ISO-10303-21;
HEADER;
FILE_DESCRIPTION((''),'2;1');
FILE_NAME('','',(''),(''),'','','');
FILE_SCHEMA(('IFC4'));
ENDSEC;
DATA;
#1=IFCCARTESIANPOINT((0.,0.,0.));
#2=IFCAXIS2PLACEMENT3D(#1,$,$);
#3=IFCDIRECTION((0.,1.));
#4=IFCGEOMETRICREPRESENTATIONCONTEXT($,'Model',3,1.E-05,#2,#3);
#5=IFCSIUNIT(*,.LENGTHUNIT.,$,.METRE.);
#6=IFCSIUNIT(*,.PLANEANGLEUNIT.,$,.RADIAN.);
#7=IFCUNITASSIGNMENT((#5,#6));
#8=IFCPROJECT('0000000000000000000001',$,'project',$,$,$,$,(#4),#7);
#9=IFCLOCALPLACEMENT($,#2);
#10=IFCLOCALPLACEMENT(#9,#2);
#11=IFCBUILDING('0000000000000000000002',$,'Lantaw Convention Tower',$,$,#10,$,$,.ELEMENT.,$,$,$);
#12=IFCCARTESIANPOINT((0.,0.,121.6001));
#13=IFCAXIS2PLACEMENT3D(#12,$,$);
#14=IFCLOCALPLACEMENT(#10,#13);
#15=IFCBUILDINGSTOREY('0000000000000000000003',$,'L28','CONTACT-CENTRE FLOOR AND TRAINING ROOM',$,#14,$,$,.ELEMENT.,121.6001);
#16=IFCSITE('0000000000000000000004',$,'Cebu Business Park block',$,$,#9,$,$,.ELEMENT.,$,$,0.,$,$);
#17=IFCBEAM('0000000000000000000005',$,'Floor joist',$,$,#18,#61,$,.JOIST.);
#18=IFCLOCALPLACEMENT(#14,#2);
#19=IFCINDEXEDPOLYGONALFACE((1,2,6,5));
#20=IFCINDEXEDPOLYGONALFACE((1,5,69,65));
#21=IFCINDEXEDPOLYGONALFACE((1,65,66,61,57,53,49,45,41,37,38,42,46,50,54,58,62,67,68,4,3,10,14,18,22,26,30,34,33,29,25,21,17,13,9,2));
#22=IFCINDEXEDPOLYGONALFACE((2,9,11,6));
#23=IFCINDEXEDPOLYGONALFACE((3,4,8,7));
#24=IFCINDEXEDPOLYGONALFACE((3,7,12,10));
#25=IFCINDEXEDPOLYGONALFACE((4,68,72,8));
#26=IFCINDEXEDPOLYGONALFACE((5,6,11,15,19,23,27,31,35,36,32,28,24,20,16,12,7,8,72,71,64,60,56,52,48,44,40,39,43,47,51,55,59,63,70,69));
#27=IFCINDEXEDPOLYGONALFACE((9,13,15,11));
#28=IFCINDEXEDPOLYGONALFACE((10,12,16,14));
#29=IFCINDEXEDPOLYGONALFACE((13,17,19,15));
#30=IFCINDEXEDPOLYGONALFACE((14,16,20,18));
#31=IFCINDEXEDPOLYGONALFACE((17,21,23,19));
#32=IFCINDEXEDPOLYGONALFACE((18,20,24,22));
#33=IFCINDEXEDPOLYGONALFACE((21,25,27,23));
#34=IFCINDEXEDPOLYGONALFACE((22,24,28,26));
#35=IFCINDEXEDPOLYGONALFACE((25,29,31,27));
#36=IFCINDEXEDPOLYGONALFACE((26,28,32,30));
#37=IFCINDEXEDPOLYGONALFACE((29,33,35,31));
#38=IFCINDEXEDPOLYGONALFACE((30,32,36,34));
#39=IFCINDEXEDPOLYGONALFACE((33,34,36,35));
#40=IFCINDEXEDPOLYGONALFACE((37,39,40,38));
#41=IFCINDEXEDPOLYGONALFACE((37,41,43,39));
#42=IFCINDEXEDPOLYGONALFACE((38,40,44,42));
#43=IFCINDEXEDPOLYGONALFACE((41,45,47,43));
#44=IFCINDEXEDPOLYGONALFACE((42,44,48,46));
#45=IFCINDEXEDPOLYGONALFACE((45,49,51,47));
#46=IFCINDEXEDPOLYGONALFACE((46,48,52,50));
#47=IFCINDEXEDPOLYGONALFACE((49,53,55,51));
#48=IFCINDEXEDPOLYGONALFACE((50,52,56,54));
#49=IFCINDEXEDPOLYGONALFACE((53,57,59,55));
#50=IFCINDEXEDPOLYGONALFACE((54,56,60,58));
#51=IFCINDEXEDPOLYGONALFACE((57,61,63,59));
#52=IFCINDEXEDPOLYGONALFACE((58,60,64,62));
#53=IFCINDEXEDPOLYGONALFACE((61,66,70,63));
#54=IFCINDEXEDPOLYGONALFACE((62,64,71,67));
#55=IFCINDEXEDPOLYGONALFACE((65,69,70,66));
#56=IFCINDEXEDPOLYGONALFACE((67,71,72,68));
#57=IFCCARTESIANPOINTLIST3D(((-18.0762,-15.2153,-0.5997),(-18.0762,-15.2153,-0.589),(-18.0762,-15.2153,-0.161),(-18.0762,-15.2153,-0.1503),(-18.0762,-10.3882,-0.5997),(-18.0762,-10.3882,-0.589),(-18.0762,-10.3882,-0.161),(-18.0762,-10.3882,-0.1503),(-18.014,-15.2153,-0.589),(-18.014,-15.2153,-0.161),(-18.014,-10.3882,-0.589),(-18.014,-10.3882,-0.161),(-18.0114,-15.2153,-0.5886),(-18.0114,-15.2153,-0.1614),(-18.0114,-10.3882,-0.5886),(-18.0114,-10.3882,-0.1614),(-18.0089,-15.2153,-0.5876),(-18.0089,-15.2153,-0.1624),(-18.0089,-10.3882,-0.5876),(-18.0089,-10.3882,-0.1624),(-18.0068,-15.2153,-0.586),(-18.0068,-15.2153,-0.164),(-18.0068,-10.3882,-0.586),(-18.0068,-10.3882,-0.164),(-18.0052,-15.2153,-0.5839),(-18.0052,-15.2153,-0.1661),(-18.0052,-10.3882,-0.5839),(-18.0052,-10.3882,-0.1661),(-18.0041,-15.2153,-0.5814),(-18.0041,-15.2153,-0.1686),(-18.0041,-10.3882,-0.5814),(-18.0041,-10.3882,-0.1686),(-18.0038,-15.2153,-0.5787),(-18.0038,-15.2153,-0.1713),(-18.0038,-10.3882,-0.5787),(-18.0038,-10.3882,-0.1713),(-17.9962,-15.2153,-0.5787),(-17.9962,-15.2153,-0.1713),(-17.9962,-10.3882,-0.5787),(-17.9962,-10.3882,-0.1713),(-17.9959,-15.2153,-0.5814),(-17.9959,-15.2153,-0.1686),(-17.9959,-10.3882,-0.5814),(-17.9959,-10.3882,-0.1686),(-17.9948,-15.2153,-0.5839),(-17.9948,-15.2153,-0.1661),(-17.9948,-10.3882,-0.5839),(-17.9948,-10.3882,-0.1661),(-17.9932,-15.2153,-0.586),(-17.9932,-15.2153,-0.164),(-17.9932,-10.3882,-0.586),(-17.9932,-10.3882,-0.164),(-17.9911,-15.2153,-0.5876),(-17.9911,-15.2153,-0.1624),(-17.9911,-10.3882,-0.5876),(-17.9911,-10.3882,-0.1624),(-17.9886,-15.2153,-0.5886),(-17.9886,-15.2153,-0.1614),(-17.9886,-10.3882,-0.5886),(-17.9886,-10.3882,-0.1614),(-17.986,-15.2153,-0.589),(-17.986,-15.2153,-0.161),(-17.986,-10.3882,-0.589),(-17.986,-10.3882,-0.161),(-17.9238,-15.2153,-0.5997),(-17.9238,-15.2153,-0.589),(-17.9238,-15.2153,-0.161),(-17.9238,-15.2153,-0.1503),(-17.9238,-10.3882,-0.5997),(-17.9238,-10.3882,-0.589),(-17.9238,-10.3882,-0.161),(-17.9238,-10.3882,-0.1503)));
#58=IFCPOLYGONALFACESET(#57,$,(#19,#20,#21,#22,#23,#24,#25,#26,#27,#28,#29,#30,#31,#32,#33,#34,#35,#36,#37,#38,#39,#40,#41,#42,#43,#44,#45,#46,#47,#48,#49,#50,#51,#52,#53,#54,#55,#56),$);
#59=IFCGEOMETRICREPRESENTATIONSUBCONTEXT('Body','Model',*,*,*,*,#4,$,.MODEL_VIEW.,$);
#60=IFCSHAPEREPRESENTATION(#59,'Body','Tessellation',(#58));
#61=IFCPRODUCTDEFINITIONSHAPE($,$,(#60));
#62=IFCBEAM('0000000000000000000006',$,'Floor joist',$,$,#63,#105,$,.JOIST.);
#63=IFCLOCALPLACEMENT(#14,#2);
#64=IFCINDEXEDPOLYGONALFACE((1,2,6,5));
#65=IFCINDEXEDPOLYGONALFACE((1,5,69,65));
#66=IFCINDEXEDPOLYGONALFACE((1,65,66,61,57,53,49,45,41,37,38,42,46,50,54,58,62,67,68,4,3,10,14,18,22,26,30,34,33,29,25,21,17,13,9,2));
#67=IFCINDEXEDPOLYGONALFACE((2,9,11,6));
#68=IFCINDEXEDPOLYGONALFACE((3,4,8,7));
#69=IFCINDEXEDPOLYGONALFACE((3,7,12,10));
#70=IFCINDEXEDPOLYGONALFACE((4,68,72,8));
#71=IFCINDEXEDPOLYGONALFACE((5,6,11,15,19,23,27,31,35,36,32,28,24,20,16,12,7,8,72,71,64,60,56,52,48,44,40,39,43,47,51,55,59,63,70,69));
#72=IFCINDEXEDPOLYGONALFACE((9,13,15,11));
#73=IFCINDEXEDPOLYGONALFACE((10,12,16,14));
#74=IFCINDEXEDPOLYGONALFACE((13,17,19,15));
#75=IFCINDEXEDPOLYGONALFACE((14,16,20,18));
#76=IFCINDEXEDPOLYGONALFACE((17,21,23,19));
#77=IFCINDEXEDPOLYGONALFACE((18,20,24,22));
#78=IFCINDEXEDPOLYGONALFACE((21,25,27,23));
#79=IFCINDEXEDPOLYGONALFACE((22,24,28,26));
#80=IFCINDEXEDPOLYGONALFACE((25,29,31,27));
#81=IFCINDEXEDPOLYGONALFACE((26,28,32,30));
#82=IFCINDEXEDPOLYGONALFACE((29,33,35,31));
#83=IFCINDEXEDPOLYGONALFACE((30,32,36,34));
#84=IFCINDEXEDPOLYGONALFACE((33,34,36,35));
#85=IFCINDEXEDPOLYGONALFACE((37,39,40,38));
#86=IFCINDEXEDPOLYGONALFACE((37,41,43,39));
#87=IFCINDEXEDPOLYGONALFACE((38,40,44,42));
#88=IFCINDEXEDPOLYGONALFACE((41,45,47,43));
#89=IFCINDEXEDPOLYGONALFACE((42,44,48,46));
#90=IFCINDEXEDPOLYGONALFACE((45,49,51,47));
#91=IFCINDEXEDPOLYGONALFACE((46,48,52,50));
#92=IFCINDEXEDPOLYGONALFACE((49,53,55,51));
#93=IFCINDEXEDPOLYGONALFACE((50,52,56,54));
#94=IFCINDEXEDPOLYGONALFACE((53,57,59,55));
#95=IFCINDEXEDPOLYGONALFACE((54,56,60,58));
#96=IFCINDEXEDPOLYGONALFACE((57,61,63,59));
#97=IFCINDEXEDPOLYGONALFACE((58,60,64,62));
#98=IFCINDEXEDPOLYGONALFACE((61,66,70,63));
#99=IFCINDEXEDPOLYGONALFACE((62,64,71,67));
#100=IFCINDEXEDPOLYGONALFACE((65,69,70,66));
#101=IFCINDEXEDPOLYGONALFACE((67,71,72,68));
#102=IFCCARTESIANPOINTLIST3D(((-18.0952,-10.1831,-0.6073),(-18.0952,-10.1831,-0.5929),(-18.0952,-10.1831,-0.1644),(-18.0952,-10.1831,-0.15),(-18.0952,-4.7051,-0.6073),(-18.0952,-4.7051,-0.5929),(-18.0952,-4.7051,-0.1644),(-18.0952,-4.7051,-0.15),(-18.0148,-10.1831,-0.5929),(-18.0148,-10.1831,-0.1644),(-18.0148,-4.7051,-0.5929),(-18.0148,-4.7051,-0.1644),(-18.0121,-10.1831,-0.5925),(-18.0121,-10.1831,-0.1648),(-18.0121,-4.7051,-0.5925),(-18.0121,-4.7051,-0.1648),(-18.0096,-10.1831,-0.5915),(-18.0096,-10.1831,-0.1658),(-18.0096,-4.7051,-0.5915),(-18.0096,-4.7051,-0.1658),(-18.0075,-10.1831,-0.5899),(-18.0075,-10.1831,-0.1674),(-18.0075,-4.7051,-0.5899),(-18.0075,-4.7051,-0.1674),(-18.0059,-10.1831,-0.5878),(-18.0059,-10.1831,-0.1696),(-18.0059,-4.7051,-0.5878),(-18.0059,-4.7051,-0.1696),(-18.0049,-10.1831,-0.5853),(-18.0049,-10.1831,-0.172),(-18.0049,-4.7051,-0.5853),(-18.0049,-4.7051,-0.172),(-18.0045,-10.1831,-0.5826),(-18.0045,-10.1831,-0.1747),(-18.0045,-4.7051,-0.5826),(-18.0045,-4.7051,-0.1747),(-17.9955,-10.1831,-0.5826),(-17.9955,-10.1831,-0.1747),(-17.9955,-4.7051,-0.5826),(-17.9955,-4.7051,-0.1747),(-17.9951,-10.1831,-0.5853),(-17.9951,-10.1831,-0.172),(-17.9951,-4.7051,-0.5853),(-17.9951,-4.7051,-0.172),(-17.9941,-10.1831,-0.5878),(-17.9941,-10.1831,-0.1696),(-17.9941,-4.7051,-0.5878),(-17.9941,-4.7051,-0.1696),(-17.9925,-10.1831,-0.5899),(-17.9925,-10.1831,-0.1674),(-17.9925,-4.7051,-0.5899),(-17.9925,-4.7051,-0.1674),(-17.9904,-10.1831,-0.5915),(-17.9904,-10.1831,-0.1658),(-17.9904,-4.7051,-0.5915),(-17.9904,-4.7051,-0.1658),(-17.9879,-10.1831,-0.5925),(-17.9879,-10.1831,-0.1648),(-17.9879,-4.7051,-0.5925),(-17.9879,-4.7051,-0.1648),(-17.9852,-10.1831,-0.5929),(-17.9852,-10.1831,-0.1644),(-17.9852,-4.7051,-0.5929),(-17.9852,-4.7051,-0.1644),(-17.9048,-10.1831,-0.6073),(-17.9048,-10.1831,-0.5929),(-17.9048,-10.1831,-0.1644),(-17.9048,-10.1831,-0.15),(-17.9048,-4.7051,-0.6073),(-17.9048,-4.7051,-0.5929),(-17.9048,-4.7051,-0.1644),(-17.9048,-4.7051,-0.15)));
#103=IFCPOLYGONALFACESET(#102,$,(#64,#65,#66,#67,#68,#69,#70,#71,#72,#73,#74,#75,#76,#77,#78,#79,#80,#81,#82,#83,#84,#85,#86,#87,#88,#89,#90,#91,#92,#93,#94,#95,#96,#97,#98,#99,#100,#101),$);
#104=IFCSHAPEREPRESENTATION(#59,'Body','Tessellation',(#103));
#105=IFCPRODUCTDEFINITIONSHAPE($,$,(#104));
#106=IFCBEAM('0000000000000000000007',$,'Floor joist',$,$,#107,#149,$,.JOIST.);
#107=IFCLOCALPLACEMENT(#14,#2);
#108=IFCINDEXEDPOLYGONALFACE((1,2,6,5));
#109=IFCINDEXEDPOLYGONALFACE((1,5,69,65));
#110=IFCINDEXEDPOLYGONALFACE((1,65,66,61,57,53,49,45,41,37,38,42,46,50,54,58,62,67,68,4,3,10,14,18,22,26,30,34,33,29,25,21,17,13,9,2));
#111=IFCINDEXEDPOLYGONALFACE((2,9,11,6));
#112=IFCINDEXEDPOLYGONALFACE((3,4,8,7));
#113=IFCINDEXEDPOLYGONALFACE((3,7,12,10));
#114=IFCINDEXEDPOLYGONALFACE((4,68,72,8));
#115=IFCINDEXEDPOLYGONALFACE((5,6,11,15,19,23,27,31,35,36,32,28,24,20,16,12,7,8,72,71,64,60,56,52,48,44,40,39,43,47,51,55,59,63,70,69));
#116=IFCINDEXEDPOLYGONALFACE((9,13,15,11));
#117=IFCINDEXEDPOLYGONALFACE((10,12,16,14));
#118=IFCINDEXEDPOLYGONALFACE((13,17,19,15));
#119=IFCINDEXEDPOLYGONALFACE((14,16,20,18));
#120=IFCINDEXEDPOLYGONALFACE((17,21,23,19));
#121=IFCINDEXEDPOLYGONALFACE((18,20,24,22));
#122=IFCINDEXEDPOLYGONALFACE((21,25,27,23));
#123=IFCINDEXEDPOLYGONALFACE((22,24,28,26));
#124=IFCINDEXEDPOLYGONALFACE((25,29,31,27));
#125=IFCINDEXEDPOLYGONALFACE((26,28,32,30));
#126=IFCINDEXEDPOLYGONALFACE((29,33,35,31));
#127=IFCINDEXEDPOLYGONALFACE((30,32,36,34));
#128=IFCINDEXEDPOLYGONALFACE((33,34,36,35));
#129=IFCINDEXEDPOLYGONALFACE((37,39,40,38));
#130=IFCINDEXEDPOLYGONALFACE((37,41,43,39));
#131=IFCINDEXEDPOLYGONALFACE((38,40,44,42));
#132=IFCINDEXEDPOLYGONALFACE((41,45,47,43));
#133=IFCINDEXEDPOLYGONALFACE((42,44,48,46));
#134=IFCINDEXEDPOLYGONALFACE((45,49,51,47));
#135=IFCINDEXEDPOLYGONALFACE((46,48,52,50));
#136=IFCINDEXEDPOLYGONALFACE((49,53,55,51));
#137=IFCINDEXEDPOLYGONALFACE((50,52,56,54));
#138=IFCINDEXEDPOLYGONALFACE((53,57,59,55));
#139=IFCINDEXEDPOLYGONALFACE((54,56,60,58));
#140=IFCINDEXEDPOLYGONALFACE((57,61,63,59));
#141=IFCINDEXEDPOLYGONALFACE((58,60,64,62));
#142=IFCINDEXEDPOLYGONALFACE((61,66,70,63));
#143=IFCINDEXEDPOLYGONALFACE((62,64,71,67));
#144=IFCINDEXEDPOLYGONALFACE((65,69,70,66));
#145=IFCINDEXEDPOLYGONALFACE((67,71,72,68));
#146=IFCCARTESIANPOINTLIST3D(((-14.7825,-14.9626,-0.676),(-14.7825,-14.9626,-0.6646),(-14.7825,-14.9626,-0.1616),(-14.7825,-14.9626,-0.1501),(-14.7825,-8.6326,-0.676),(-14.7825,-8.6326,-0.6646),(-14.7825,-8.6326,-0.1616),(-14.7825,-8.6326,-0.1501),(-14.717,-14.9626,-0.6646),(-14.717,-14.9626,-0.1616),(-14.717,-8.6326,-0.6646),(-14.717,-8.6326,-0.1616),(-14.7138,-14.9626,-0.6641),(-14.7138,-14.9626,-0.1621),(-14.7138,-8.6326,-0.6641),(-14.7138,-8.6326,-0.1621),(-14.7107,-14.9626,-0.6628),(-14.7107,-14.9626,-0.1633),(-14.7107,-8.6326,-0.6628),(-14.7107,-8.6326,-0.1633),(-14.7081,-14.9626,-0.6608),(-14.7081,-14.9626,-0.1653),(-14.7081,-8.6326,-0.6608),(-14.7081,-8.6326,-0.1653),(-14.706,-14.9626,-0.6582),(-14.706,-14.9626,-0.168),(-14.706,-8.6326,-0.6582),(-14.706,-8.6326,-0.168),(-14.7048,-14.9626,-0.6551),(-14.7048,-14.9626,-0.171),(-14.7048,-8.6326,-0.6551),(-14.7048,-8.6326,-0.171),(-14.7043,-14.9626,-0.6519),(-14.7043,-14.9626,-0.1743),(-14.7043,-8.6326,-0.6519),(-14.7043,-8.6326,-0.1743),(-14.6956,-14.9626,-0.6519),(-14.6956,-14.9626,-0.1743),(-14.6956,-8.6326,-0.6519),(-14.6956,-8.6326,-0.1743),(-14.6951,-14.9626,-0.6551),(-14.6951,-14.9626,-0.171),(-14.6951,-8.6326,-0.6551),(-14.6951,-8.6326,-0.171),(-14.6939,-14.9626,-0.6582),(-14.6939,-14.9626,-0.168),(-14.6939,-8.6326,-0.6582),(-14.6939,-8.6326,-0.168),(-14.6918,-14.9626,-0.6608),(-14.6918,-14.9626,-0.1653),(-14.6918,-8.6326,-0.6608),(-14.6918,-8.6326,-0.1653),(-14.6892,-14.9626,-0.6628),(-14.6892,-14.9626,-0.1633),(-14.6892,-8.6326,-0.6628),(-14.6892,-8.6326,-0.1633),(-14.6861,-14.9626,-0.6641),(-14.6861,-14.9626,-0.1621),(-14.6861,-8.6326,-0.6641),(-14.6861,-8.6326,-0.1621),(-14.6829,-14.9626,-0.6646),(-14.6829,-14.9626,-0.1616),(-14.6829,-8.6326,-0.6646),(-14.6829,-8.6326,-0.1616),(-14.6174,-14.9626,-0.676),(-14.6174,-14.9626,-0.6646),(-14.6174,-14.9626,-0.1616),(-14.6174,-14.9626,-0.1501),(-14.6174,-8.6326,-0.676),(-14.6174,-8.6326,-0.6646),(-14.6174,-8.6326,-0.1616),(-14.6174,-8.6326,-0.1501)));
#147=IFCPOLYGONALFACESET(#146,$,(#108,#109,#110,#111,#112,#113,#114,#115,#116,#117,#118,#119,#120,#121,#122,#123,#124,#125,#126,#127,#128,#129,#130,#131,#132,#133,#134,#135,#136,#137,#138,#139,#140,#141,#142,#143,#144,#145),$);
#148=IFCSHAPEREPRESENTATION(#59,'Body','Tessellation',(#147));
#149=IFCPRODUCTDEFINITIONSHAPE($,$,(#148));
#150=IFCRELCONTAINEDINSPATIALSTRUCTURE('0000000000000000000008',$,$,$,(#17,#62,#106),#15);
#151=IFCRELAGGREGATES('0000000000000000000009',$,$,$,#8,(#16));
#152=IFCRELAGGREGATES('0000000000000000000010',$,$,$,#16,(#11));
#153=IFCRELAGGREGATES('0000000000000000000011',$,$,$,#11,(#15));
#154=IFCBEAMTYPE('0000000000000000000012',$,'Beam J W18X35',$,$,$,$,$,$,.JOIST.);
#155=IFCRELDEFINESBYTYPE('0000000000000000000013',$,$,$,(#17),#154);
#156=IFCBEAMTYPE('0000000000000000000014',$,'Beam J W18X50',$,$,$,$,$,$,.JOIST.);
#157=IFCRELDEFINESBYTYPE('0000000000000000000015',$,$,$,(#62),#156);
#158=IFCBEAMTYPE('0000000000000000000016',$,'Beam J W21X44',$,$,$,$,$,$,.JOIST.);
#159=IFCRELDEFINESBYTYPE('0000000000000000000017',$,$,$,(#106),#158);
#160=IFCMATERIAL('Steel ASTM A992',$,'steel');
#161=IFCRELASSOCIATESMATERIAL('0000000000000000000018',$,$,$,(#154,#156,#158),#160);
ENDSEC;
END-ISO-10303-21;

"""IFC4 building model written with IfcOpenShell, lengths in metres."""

from ifc_helpers import new_model, si_unit, direction, frame, origin, origin_2d, place, context, subcontext, project, spatial, i_section, extrude, material, material_profile, profile_set, type_object, element, save


model = new_model("IFC4")

# Units and contexts
model_context = context("Model", 3, precision=1e-05, world=origin(), true_north=direction((0.0, 1.0)))
body_context = subcontext(model_context, "Body", "Model", "MODEL_VIEW")
ifc_project = project(units=[si_unit("LENGTHUNIT", "METRE"), si_unit("PLANEANGLEUNIT", "RADIAN")], contexts=[model_context])

# Site, building, storey
site_placement = place(None, origin())
site = spatial("IfcSite", under=ifc_project, at=site_placement, Name="Cebu Business Park block", CompositionType="ELEMENT", RefElevation=0.0)
building_placement = place(site_placement, origin())
building = spatial("IfcBuilding", under=site, at=building_placement, Name="Lantaw Convention Tower", CompositionType="ELEMENT")
storey_placement = place(building_placement, frame((0.0, 0.0, 121.6001)))
storey = spatial("IfcBuildingStorey", under=building, at=storey_placement, Name="L28", Description="CONTACT-CENTRE FLOOR AND TRAINING ROOM", CompositionType="ELEMENT", Elevation=121.6001)

# Beams
ifc_material_1 = material(Name="Steel ASTM A992", Category="steel")
ifc_material_profile_1 = material_profile(ifc_material_1, i_section(OverallWidth=0.1523, OverallDepth=0.4495, WebThickness=0.0076, FlangeThickness=0.0107, FilletRadius=0.0103, at=origin_2d()), Name="W18X35")
ifc_profile_set_1 = profile_set([ifc_material_profile_1], Name="Steel ASTM A992")
beam_type_1 = type_object("IfcBeamType", Name="Beam J W18X35", PredefinedType="JOIST", material=ifc_profile_set_1)
beam_1_placement = place(storey_placement, frame((-18.0, -15.2153, -0.375), z_axis=(0.0, 1.0, 0.0), x_axis=(-1.0, 0.0, 0.0)))
element("IfcBeam", 1, at=beam_1_placement, inside=storey, type_object=beam_type_1, Name="Floor joist", PredefinedType="JOIST", context=body_context, shape_type="SweptSolid", body=[
    extrude(i_section(OverallWidth=0.1523, OverallDepth=0.4495, WebThickness=0.0076, FlangeThickness=0.0107, FilletRadius=0.0103, at=origin_2d()), origin(), (0.0, 0.0, 1.0), 4.8271),
])
ifc_material_profile_2 = material_profile(ifc_material_1, i_section(OverallWidth=0.1904, OverallDepth=0.4573, WebThickness=0.009, FlangeThickness=0.0144, FilletRadius=0.0103, at=origin_2d()), Name="W18X50")
ifc_profile_set_2 = profile_set([ifc_material_profile_2], Name="Steel ASTM A992")
beam_type_2 = type_object("IfcBeamType", Name="Beam J W18X50", PredefinedType="JOIST", material=ifc_profile_set_2)
beam_2_placement = place(storey_placement, frame((-18.0, -10.1831, -0.3787), z_axis=(0.0, 1.0, 0.0), x_axis=(-1.0, 0.0, 0.0)))
element("IfcBeam", 2, at=beam_2_placement, inside=storey, type_object=beam_type_2, Name="Floor joist", PredefinedType="JOIST", context=body_context, shape_type="SweptSolid", body=[
    extrude(i_section(OverallWidth=0.1904, OverallDepth=0.4573, WebThickness=0.009, FlangeThickness=0.0144, FilletRadius=0.0103, at=origin_2d()), origin(), (0.0, 0.0, 1.0), 5.478),
])
ifc_material_profile_3 = material_profile(ifc_material_1, i_section(OverallWidth=0.165, OverallDepth=0.5259, WebThickness=0.0088, FlangeThickness=0.0115, FilletRadius=0.0127, at=origin_2d()), Name="W21X44")
ifc_profile_set_3 = profile_set([ifc_material_profile_3], Name="Steel ASTM A992")
beam_type_3 = type_object("IfcBeamType", Name="Beam J W21X44", PredefinedType="JOIST", material=ifc_profile_set_3)
beam_3_placement = place(storey_placement, frame((-14.7, -14.9626, -0.4131), z_axis=(0.0, 1.0, 0.0), x_axis=(-1.0, 0.0, 0.0)))
element("IfcBeam", 3, at=beam_3_placement, inside=storey, type_object=beam_type_3, Name="Floor joist", PredefinedType="JOIST", context=body_context, shape_type="SweptSolid", body=[
    extrude(i_section(OverallWidth=0.165, OverallDepth=0.5259, WebThickness=0.0088, FlangeThickness=0.0115, FilletRadius=0.0127, at=origin_2d()), origin(), (0.0, 0.0, 1.0), 6.3301),
])

save(model, "model.ifc")
